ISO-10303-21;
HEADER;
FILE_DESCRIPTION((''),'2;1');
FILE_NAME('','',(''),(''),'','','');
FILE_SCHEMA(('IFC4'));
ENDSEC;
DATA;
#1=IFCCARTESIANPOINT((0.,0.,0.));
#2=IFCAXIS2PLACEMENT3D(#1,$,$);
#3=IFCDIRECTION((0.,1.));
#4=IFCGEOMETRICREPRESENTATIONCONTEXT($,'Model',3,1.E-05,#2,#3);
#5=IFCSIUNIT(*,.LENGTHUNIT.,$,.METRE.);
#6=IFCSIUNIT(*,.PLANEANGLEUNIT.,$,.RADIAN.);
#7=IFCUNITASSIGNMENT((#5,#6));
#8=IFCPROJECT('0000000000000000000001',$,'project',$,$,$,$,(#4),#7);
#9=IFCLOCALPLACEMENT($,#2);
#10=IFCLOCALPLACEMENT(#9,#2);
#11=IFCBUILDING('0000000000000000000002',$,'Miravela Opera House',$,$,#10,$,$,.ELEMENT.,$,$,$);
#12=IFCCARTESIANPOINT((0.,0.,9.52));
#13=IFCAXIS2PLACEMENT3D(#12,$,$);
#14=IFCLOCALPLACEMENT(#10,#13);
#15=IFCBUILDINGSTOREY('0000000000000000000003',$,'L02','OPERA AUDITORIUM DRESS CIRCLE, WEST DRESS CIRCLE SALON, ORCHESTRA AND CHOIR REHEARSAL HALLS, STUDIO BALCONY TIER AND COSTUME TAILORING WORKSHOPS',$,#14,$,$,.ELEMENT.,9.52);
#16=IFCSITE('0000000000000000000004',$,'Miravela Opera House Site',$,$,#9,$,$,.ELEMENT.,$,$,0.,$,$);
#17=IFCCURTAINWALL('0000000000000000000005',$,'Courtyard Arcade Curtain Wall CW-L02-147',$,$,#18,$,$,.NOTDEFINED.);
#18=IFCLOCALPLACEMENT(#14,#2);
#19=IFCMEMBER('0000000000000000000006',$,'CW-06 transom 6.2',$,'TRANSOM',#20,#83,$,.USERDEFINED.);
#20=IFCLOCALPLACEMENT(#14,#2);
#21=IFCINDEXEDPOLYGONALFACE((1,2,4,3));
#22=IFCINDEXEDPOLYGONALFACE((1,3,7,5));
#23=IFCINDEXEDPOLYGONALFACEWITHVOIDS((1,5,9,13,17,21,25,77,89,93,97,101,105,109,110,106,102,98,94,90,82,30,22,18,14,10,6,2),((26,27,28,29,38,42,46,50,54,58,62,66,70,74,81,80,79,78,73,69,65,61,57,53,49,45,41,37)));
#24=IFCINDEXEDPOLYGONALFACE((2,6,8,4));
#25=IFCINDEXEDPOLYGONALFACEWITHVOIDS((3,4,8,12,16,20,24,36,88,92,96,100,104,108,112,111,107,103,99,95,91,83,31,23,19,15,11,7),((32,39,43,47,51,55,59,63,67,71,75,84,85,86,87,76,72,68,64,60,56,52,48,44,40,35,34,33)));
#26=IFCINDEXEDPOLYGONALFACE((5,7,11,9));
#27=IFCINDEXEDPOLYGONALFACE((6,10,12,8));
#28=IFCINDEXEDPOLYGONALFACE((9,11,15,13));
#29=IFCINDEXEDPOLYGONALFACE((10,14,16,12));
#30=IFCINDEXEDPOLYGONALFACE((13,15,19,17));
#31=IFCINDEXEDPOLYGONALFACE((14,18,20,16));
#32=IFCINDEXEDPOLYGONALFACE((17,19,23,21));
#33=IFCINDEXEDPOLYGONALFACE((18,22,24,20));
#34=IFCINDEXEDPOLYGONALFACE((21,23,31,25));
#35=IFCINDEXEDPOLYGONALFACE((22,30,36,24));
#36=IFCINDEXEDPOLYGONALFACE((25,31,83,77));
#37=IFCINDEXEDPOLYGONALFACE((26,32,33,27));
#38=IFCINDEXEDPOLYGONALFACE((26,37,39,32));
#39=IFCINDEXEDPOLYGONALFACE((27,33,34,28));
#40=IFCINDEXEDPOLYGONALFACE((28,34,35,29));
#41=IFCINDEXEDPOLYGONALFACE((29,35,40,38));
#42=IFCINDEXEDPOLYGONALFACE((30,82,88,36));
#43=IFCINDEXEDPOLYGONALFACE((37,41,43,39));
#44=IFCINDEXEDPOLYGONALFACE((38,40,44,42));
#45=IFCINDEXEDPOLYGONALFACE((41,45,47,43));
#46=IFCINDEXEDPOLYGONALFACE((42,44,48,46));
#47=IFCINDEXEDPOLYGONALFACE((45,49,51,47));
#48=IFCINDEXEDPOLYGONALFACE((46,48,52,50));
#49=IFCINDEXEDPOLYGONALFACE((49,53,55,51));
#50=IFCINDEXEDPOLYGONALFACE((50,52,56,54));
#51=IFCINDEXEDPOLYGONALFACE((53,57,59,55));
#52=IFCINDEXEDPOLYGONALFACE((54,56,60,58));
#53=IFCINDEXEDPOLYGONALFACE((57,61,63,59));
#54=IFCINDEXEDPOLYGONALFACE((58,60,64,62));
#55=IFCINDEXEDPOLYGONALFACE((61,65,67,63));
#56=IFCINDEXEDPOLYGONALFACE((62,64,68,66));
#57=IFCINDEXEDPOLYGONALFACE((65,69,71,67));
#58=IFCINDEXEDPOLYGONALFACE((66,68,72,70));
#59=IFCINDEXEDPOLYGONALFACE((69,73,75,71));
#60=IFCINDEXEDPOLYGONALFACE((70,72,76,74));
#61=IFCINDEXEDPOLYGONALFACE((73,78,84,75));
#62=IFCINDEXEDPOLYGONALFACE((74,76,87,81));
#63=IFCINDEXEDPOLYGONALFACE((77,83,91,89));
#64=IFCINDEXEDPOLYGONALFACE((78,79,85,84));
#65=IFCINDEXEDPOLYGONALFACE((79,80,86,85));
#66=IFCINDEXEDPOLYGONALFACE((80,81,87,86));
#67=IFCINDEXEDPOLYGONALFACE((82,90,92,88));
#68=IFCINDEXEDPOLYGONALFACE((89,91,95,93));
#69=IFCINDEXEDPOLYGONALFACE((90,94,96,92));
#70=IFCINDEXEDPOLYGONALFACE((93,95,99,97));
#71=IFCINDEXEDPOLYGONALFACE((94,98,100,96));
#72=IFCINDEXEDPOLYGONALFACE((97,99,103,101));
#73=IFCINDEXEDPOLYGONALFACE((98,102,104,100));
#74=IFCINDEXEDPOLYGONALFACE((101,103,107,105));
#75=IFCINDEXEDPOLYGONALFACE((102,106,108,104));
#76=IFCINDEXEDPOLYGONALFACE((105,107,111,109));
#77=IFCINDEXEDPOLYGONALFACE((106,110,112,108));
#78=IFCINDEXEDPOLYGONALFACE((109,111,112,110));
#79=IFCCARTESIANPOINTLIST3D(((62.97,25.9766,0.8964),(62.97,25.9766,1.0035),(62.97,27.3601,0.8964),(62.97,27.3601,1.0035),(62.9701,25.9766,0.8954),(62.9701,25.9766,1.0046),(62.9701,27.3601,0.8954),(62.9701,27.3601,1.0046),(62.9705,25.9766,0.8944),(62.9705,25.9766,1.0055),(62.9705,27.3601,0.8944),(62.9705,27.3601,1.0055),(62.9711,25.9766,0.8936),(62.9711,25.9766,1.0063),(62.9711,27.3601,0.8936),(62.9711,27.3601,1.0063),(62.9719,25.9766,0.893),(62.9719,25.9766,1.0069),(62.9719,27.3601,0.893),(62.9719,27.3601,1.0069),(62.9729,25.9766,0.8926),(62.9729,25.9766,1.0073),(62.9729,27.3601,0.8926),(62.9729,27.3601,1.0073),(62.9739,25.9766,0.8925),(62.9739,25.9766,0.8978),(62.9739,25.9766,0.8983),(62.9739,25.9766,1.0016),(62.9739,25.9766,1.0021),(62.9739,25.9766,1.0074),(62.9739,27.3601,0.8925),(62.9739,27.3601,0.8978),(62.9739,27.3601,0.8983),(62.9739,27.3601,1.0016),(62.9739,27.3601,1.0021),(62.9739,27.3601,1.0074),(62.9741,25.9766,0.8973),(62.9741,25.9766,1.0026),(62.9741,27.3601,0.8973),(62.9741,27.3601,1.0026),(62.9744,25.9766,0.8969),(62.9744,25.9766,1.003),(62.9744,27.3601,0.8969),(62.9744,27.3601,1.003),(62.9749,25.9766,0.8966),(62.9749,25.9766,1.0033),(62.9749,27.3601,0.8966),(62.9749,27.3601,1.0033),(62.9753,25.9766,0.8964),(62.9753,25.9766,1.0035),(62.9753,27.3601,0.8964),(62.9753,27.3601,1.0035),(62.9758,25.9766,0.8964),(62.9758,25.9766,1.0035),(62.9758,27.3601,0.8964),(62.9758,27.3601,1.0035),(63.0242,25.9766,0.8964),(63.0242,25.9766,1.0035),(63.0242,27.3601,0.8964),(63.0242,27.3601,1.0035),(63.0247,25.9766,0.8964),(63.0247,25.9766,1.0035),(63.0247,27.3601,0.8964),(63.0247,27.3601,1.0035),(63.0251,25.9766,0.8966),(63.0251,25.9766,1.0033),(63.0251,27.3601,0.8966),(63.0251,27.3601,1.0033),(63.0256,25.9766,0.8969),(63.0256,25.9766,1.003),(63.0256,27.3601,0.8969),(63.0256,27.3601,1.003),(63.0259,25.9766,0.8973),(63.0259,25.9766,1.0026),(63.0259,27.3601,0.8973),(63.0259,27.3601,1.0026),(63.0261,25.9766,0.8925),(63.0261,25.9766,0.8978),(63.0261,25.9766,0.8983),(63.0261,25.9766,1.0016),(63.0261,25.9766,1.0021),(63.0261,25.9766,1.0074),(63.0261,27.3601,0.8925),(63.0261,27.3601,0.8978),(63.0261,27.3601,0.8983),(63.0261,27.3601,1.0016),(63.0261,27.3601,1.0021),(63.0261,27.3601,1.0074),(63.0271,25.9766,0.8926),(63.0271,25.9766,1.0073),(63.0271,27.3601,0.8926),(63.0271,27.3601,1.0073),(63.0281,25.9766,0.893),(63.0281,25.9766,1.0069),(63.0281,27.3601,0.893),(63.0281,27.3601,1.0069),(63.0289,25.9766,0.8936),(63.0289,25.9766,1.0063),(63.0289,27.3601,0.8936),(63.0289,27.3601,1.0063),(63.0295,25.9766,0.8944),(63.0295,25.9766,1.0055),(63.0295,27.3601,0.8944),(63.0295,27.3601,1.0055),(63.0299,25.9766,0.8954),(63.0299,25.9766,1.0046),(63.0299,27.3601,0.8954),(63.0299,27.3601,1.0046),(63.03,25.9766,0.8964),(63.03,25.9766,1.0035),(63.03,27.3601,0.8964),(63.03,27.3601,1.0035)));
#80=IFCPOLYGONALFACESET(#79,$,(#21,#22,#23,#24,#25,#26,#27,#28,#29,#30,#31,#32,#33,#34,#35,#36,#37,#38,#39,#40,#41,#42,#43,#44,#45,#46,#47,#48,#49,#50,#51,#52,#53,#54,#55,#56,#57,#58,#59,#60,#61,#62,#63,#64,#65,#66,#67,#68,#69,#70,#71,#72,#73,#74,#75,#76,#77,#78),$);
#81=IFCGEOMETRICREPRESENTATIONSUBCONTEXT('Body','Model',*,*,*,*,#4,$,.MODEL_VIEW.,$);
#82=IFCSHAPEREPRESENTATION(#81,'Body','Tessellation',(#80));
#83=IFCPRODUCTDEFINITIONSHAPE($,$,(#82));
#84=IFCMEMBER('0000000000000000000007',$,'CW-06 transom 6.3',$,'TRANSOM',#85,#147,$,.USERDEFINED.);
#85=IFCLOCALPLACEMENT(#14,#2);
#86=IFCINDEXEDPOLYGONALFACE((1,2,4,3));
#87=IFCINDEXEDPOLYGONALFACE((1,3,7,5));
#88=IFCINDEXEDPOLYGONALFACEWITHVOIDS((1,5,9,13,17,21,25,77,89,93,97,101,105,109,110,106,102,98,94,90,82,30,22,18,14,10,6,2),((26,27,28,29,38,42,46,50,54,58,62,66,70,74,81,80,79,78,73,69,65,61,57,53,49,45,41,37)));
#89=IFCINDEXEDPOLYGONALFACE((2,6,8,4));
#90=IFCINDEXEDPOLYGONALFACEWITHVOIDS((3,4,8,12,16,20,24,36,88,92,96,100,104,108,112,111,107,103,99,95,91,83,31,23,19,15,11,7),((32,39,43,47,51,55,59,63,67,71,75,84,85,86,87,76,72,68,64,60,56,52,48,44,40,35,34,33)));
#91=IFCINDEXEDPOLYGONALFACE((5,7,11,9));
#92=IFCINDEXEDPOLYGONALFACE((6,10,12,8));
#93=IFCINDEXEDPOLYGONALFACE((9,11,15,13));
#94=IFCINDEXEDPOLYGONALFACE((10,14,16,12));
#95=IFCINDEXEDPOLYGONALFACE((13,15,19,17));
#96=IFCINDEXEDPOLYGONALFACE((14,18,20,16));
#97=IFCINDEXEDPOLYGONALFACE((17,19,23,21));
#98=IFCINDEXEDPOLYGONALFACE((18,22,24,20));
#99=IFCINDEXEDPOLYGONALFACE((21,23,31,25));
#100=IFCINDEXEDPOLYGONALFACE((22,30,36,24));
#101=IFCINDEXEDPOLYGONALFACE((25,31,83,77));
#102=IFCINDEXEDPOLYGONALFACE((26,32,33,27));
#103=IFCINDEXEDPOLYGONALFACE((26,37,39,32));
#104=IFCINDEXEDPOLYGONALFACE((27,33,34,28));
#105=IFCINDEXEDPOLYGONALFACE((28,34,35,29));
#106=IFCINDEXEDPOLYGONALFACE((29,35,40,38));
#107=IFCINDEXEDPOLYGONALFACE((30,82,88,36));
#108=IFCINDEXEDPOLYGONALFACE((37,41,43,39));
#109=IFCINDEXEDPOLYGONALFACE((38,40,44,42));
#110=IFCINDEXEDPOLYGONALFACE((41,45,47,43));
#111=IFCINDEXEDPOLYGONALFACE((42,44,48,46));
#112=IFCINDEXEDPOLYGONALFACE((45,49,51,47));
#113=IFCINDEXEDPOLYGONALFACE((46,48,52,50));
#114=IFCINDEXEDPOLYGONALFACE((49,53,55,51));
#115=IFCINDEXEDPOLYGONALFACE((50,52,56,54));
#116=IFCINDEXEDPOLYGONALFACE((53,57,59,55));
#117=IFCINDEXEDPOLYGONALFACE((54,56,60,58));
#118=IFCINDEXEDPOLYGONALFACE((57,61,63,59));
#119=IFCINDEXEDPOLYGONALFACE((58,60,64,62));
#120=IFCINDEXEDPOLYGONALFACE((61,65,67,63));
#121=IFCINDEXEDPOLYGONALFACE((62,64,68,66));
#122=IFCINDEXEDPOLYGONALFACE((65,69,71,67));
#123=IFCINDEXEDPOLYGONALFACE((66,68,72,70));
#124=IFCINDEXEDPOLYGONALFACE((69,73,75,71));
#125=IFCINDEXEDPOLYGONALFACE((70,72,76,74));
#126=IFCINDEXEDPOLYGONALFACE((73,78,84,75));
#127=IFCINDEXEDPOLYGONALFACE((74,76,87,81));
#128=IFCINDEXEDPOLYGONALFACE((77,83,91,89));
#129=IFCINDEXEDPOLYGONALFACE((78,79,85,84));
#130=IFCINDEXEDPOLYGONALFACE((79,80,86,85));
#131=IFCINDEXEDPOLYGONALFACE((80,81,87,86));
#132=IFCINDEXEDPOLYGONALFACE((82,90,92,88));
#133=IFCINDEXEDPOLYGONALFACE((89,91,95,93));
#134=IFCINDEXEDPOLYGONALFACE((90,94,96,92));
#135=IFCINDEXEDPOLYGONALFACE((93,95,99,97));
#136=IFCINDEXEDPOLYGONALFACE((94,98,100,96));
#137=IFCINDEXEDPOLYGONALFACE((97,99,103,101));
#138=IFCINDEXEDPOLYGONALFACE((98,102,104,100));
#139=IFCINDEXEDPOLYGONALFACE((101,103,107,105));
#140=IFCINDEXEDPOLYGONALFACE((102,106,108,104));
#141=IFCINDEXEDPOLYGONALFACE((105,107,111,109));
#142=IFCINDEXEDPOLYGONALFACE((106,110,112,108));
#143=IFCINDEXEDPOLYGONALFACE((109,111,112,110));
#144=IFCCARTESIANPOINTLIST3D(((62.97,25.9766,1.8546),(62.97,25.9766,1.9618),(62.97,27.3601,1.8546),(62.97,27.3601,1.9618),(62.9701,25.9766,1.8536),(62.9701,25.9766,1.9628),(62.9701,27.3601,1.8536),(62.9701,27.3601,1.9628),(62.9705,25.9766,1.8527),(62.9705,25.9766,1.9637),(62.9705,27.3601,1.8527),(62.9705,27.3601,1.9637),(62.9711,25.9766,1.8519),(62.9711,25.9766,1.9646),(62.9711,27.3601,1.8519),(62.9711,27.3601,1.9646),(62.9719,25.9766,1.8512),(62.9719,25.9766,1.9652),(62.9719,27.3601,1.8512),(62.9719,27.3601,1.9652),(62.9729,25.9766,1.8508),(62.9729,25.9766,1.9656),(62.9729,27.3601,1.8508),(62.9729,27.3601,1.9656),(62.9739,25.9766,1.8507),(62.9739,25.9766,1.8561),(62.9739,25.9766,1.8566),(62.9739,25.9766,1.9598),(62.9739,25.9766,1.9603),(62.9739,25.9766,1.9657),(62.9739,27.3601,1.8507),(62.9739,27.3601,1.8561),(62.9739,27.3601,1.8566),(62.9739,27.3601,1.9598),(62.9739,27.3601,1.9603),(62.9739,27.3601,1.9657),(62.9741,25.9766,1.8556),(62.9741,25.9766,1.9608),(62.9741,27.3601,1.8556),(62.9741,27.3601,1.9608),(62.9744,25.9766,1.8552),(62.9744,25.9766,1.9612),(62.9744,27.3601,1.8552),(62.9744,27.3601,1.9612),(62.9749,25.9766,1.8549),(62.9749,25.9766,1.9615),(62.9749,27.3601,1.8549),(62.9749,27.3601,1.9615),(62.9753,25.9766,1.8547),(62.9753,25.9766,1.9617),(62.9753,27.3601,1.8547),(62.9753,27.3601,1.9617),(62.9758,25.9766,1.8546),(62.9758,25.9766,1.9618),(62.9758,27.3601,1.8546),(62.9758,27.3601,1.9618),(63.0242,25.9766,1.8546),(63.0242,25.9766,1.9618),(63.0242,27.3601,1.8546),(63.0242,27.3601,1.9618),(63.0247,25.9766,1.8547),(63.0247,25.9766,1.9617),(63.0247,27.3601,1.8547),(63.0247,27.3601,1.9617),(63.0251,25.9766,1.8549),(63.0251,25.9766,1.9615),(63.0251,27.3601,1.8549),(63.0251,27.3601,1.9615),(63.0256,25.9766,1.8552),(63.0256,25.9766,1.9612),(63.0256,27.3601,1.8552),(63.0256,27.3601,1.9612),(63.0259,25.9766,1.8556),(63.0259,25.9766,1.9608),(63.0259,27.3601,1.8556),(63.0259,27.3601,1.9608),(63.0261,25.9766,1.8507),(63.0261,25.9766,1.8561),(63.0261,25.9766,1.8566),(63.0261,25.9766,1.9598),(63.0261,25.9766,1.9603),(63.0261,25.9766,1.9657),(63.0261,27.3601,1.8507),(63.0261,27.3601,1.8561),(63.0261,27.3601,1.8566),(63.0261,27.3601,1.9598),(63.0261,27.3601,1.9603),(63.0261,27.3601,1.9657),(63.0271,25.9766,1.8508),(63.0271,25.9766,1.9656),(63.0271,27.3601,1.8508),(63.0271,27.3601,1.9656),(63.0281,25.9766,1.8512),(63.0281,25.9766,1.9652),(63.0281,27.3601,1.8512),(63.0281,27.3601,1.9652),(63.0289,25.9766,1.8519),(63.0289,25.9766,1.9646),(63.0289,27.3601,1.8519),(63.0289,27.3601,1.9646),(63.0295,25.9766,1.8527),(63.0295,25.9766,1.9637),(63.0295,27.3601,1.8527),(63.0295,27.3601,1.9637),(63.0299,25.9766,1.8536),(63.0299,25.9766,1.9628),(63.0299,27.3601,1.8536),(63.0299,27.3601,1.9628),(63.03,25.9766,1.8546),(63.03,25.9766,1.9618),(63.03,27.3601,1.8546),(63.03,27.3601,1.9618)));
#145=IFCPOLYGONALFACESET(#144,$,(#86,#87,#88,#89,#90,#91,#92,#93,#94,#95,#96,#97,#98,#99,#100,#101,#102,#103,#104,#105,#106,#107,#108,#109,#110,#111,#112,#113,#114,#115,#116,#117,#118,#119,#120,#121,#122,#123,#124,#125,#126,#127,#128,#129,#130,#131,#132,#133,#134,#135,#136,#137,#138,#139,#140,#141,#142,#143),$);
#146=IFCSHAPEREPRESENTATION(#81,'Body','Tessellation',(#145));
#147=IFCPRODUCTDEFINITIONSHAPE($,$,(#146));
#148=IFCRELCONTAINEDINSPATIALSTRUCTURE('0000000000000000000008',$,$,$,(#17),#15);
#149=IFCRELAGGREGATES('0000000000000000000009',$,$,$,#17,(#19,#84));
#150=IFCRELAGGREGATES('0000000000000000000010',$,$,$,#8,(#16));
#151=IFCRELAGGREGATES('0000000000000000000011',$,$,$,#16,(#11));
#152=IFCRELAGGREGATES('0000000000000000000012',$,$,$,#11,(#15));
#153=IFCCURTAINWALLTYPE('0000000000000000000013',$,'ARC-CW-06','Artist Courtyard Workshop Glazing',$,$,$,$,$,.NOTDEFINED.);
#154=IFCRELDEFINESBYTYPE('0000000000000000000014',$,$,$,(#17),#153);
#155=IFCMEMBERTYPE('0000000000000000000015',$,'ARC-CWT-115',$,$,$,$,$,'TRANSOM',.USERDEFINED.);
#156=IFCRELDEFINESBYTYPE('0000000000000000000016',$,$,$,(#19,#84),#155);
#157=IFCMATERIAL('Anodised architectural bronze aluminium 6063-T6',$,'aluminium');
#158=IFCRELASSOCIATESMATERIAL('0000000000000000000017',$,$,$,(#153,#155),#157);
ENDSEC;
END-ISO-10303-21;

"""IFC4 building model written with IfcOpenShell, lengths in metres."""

from ifc_helpers import new_model, si_unit, direction, frame, origin, origin_2d, place, context, subcontext, project, spatial, hollow_rectangle, extrude, material, material_profile, profile_set, type_object, element, aggregate, save


model = new_model("IFC4")

# Units and contexts
model_context = context("Model", 3, precision=1e-05, world=origin(), true_north=direction((0.0, 1.0)))
body_context = subcontext(model_context, "Body", "Model", "MODEL_VIEW")
ifc_project = project(units=[si_unit("LENGTHUNIT", "METRE"), si_unit("PLANEANGLEUNIT", "RADIAN")], contexts=[model_context])

# Site, building, storey
site_placement = place(None, origin())
site = spatial("IfcSite", under=ifc_project, at=site_placement, Name="Miravela Opera House Site", CompositionType="ELEMENT", RefElevation=0.0)
building_placement = place(site_placement, origin())
building = spatial("IfcBuilding", under=site, at=building_placement, Name="Miravela Opera House", CompositionType="ELEMENT")
storey_placement = place(building_placement, frame((0.0, 0.0, 9.52)))
storey = spatial("IfcBuildingStorey", under=building, at=storey_placement, Name="L02", Description="OPERA AUDITORIUM DRESS CIRCLE, WEST DRESS CIRCLE SALON, ORCHESTRA AND CHOIR REHEARSAL HALLS, STUDIO BALCONY TIER AND COSTUME TAILORING WORKSHOPS", CompositionType="ELEMENT", Elevation=9.52)

# Curtain wall, members
ifc_material_1 = material(Name="Anodised architectural bronze aluminium 6063-T6", Category="aluminium")
curtain_wall_type = type_object("IfcCurtainWallType", Name="ARC-CW-06", Description="Artist Courtyard Workshop Glazing", PredefinedType="NOTDEFINED", material=ifc_material_1)
curtain_wall_1_placement = place(storey_placement, origin())
curtain_wall_1 = element("IfcCurtainWall", 1, at=curtain_wall_1_placement, inside=storey, type_object=curtain_wall_type, Name="Courtyard Arcade Curtain Wall CW-L02-147", PredefinedType="NOTDEFINED")
ifc_material_profile_1 = material_profile(ifc_material_1, hollow_rectangle(XDim=0.0601, YDim=0.115, WallThickness=0.0039, InnerFilletRadius=0.002, OuterFilletRadius=0.0039, at=origin_2d()), Name="CWT-60X115")
ifc_profile_set_1 = profile_set([ifc_material_profile_1])
member_type_1 = type_object("IfcMemberType", Name="ARC-CWT-115", ElementType="TRANSOM", PredefinedType="USERDEFINED", material=ifc_profile_set_1)
member_1_placement = place(storey_placement, frame((63.0, 25.9766, 0.95), z_axis=(0.0, 1.0, 0.0), x_axis=(-1.0, 0.0, 0.0)))
member_1 = element("IfcMember", 2, at=member_1_placement, type_object=member_type_1, Name="CW-06 transom 6.2", ObjectType="TRANSOM", PredefinedType="USERDEFINED", context=body_context, shape_type="SweptSolid", body=[
    extrude(hollow_rectangle(XDim=0.0601, YDim=0.115, WallThickness=0.0039, InnerFilletRadius=0.002, OuterFilletRadius=0.0039, at=origin_2d()), origin(), (0.0, 0.0, 1.0), 1.3835),
])
member_2_placement = place(storey_placement, frame((63.0, 25.9766, 1.9082), z_axis=(0.0, 1.0, 0.0), x_axis=(-1.0, 0.0, 0.0)))
member_2 = element("IfcMember", 3, at=member_2_placement, type_object=member_type_1, Name="CW-06 transom 6.3", ObjectType="TRANSOM", PredefinedType="USERDEFINED", context=body_context, shape_type="SweptSolid", body=[
    extrude(hollow_rectangle(XDim=0.0601, YDim=0.115, WallThickness=0.0039, InnerFilletRadius=0.002, OuterFilletRadius=0.0039, at=origin_2d()), origin(), (0.0, 0.0, 1.0), 1.3835),
])

aggregate(curtain_wall_1, [member_1, member_2])

save(model, "model.ifc")
